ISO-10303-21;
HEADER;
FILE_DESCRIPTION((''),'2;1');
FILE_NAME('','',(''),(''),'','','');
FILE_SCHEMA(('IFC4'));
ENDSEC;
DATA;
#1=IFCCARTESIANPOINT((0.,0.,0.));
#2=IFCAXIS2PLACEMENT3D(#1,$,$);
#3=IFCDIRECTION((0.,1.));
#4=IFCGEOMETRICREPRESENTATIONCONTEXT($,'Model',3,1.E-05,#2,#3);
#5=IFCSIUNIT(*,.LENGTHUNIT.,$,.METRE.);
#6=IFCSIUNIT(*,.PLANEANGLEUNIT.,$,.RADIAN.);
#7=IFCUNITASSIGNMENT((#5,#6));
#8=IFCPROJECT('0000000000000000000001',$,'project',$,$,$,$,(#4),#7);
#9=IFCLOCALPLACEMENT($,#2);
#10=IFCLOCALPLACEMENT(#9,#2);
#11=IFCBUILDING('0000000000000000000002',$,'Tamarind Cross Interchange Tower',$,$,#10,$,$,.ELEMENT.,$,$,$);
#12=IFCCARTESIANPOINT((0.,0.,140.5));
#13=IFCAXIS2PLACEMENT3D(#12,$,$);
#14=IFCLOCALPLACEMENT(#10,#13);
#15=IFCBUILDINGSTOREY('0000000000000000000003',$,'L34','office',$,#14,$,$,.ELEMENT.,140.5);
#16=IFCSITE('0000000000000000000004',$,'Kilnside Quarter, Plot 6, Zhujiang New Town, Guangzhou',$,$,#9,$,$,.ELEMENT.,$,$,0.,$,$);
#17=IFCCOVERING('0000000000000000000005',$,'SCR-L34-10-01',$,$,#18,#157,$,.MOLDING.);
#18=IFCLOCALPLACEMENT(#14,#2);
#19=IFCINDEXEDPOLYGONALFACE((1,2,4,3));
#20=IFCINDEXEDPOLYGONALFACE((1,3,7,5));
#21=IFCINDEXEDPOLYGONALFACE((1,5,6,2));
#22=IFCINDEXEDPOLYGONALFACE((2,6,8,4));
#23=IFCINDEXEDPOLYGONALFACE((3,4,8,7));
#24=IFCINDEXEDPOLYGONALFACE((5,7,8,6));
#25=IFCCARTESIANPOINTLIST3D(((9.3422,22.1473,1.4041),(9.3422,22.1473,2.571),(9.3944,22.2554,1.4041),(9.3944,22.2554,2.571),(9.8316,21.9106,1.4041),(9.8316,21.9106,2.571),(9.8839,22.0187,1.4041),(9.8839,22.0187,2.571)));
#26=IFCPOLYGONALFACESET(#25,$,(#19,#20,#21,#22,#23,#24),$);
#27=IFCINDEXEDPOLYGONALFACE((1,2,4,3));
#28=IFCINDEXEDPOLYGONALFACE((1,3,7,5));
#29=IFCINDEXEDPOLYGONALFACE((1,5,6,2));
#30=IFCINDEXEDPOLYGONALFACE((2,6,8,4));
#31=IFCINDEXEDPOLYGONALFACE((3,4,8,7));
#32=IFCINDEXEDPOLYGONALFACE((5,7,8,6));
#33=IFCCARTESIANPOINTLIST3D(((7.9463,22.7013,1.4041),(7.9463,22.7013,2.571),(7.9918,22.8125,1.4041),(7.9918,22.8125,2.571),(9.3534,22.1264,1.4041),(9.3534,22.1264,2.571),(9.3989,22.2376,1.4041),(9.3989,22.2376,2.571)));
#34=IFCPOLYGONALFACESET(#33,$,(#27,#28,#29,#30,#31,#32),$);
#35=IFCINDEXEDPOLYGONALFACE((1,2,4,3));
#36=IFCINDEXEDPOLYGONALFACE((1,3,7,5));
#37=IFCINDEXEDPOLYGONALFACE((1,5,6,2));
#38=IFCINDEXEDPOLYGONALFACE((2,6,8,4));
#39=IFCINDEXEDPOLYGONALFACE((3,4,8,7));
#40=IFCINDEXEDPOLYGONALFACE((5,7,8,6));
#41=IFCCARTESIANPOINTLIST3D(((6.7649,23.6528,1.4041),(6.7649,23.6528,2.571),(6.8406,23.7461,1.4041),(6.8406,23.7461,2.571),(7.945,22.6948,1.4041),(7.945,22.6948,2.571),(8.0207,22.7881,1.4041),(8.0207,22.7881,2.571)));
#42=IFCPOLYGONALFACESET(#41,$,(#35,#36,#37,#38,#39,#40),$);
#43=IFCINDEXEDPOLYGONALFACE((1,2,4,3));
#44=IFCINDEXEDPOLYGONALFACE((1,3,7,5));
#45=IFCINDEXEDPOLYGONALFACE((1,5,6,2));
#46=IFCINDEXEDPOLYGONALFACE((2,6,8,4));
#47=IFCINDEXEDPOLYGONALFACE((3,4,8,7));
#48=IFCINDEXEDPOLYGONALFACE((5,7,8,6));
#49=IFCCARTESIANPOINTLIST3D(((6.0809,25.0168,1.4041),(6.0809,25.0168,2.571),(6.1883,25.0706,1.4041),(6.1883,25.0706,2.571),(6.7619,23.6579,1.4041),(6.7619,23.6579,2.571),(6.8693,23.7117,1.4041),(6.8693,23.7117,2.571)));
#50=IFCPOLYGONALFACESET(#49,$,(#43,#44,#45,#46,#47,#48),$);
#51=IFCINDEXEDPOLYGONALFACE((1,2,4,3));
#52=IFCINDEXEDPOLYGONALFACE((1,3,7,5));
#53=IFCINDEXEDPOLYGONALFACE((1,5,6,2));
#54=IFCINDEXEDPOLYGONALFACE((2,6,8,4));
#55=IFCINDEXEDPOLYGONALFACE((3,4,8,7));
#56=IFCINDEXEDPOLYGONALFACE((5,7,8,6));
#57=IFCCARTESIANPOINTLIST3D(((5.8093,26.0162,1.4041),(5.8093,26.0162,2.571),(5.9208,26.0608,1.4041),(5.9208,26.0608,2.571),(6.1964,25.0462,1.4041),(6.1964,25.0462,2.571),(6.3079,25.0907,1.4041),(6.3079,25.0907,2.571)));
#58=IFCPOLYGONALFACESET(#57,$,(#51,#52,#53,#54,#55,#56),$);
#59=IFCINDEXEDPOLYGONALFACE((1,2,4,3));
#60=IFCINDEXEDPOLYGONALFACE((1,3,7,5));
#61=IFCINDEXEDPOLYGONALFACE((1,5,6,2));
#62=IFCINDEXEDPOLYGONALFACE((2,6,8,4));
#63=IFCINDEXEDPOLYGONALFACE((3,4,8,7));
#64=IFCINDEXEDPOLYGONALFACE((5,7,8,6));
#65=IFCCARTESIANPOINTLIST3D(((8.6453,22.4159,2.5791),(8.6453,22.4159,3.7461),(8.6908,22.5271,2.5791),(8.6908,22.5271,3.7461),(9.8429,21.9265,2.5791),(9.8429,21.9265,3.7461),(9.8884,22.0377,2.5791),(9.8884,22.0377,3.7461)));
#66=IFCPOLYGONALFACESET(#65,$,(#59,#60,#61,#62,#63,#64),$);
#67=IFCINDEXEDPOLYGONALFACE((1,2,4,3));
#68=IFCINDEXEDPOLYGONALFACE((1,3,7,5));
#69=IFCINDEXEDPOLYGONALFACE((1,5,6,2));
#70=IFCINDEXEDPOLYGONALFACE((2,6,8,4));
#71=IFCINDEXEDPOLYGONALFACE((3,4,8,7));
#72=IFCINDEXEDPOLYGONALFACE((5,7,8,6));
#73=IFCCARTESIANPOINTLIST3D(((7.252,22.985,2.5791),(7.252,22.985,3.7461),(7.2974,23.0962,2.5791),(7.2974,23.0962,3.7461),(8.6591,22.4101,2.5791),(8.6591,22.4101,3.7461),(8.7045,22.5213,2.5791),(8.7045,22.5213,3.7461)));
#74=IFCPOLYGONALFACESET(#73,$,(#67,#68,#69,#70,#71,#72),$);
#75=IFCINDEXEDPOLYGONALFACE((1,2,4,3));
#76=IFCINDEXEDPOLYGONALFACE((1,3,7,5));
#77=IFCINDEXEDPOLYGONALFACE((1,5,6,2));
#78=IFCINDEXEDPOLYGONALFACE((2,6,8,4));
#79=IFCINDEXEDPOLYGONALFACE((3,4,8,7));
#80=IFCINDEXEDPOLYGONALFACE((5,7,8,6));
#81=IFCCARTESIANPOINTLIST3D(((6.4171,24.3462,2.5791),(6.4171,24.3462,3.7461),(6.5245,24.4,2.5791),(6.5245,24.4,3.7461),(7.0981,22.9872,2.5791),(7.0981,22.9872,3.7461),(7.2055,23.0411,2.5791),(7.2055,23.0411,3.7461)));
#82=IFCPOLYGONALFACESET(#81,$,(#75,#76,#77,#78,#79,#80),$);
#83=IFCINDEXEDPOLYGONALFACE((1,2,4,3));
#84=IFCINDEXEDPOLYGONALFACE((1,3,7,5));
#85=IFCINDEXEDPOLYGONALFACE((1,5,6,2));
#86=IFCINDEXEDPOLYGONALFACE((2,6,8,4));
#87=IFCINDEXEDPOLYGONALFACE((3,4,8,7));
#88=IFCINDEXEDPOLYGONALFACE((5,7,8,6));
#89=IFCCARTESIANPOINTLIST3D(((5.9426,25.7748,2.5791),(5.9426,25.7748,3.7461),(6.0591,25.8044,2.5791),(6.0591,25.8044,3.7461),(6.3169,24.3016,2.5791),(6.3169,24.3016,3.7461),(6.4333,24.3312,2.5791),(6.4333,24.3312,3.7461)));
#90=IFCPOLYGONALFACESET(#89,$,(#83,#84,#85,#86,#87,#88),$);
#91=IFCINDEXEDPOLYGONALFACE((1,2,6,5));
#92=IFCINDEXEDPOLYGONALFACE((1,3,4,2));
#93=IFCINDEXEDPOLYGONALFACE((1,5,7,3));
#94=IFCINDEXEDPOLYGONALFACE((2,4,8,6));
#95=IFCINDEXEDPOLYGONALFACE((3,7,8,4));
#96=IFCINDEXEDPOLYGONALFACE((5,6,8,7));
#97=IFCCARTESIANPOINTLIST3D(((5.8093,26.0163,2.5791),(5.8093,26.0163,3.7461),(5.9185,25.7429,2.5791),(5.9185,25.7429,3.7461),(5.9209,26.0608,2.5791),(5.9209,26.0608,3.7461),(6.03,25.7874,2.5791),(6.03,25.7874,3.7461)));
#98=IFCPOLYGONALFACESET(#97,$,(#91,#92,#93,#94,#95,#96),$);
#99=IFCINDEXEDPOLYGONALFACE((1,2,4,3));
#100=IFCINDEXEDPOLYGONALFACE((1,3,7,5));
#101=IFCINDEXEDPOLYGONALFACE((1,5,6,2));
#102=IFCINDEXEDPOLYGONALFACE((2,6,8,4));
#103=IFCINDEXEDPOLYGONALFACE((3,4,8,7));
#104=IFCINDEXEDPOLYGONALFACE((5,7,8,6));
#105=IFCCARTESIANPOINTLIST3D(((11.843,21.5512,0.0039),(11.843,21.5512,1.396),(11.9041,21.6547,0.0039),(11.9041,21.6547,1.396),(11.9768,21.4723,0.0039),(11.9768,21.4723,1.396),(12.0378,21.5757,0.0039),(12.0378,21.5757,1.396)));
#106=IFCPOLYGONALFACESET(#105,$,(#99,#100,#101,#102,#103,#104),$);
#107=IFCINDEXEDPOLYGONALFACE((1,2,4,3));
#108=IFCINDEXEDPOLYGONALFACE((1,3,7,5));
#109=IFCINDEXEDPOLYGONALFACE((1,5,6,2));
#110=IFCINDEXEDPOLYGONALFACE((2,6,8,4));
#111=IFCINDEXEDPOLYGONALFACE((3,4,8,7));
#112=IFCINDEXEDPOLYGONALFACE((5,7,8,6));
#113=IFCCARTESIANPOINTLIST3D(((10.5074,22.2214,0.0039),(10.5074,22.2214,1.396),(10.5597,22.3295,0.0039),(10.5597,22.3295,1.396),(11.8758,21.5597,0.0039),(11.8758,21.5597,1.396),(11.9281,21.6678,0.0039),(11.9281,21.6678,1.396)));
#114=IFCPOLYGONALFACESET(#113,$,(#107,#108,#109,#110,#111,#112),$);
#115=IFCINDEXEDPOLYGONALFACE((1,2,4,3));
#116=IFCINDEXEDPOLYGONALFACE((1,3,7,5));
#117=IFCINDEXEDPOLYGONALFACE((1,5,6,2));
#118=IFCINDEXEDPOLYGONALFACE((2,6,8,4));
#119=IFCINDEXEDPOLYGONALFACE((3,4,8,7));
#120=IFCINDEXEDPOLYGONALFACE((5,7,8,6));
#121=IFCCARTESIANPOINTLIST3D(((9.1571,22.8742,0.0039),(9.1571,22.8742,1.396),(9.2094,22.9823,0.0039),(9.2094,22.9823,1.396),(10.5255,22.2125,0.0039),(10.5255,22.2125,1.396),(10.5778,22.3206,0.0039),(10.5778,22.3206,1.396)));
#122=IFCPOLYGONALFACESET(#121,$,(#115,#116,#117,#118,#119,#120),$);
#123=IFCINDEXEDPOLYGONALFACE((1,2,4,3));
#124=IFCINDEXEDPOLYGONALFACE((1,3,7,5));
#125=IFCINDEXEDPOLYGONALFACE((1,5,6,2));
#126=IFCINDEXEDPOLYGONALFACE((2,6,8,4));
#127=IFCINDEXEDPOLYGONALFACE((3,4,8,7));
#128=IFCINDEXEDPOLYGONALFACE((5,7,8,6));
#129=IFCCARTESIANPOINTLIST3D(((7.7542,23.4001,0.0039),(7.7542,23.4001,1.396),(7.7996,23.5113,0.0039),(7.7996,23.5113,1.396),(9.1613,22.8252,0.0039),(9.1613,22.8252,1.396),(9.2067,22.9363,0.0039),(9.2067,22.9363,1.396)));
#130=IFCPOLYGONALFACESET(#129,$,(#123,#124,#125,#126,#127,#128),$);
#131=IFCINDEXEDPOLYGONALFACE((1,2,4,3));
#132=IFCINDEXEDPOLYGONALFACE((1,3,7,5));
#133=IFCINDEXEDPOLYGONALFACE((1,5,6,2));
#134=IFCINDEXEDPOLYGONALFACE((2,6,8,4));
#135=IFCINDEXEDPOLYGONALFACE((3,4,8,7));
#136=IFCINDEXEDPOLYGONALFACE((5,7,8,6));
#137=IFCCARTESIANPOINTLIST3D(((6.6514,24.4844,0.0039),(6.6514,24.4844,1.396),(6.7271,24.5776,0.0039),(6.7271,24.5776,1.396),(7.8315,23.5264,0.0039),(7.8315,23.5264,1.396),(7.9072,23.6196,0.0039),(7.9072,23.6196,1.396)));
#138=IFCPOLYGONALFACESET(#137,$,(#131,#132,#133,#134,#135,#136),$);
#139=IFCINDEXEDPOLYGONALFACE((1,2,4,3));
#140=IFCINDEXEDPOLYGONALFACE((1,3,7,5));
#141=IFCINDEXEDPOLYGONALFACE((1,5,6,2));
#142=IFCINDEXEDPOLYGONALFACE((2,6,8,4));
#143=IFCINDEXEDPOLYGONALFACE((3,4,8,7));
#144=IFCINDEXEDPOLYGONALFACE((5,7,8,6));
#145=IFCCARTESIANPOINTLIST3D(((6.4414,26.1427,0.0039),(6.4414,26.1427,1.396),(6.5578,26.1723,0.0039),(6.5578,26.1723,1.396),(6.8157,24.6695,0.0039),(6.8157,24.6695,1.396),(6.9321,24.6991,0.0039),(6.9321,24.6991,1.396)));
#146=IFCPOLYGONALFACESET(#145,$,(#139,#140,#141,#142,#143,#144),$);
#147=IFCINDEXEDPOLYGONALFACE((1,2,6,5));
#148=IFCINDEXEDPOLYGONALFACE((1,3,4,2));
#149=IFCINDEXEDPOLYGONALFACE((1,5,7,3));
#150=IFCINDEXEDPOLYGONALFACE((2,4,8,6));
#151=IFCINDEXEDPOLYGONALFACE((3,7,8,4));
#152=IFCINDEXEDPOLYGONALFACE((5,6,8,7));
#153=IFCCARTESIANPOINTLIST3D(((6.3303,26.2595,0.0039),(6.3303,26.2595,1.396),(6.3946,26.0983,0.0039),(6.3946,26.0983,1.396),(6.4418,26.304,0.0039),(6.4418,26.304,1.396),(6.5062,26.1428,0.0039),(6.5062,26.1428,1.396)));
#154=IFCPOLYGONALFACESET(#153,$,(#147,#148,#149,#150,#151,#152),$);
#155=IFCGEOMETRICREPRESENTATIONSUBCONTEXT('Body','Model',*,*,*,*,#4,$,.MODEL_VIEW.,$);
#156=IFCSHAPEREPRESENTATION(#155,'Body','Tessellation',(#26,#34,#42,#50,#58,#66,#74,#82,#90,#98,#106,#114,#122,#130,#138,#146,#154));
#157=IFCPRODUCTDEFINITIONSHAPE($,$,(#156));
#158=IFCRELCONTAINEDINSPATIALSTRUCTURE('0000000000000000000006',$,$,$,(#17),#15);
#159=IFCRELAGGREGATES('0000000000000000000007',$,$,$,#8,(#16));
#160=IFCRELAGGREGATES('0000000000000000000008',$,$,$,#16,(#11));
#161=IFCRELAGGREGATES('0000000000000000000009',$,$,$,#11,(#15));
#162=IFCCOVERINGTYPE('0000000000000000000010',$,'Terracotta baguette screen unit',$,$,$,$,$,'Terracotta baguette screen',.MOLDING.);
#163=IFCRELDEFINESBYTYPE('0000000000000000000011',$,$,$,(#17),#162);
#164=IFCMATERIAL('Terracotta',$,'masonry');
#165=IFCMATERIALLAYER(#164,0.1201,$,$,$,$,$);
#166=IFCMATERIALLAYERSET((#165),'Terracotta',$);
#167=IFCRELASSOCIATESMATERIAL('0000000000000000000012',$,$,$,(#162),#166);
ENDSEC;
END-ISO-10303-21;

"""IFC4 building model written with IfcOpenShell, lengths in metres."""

from ifc_helpers import new_model, si_unit, direction, frame, origin, origin_2d, place, context, subcontext, project, spatial, rectangle, extrude, material, layer, layer_set, type_object, element, save


model = new_model("IFC4")

# Units and contexts
model_context = context("Model", 3, precision=1e-05, world=origin(), true_north=direction((0.0, 1.0)))
body_context = subcontext(model_context, "Body", "Model", "MODEL_VIEW")
ifc_project = project(units=[si_unit("LENGTHUNIT", "METRE"), si_unit("PLANEANGLEUNIT", "RADIAN")], contexts=[model_context])

# Site, building, storey
site_placement = place(None, origin())
site = spatial("IfcSite", under=ifc_project, at=site_placement, Name="Kilnside Quarter, Plot 6, Zhujiang New Town, Guangzhou", CompositionType="ELEMENT", RefElevation=0.0)
building_placement = place(site_placement, origin())
building = spatial("IfcBuilding", under=site, at=building_placement, Name="Tamarind Cross Interchange Tower", CompositionType="ELEMENT")
storey_placement = place(building_placement, frame((0.0, 0.0, 140.5)))
storey = spatial("IfcBuildingStorey", under=building, at=storey_placement, Name="L34", Description="office", CompositionType="ELEMENT", Elevation=140.5)

# Covering
ifc_material_1 = material(Name="Terracotta", Category="masonry")
ifc_layer_1 = layer(ifc_material_1, 0.1201)
ifc_layer_set_1 = layer_set([ifc_layer_1], Name="Terracotta")
covering_type = type_object("IfcCoveringType", Name="Terracotta baguette screen unit", ElementType="Terracotta baguette screen", PredefinedType="MOLDING", material=ifc_layer_set_1)
covering_1_placement = place(storey_placement, origin())
element("IfcCovering", 1, at=covering_1_placement, inside=storey, type_object=covering_type, Name="SCR-L34-10-01", PredefinedType="MOLDING", context=body_context, shape_type="SweptSolid", body=[
    extrude(rectangle(XDim=0.5437, YDim=0.1201, at=origin_2d()), frame((9.613, 22.083, 1.4041), z_axis=(0.0, 0.0, 1.0), x_axis=(-0.900273, 0.435326, 0.0)), (0.0, 0.0, 1.0), 1.167),
    extrude(rectangle(XDim=1.52, YDim=0.1201, at=origin_2d()), frame((8.6726, 22.4695, 1.4041), z_axis=(0.0, 0.0, 1.0), x_axis=(-0.925709, 0.378237, 0.0)), (0.0, 0.0, 1.0), 1.167),
    extrude(rectangle(XDim=1.52, YDim=0.1201, at=origin_2d()), frame((7.3928, 23.2205, 1.4041), z_axis=(0.0, 0.0, 1.0), x_axis=(-0.776369, 0.630279, 0.0)), (0.0, 0.0, 1.0), 1.167),
    extrude(rectangle(XDim=1.52, YDim=0.1201, at=origin_2d()), frame((6.4751, 24.3643, 1.4041), z_axis=(0.0, 0.0, 1.0), x_axis=(-0.448045, 0.894011, 0.0)), (0.0, 0.0, 1.0), 1.167),
    extrude(rectangle(XDim=1.0444, YDim=0.1201, at=origin_2d()), frame((6.0586, 25.5535, 1.4041), z_axis=(0.0, 0.0, 1.0), x_axis=(-0.370629, 0.928781, 0.0)), (0.0, 0.0, 1.0), 1.167),
    extrude(rectangle(XDim=1.2937, YDim=0.1201, at=origin_2d()), frame((9.2668, 22.2268, 2.5791), z_axis=(0.0, 0.0, 1.0), x_axis=(-0.925709, 0.378237, 0.0)), (0.0, 0.0, 1.0), 1.167),
    extrude(rectangle(XDim=1.52, YDim=0.1201, at=origin_2d()), frame((7.9783, 22.7532, 2.5791), z_axis=(0.0, 0.0, 1.0), x_axis=(-0.925709, 0.378237, 0.0)), (0.0, 0.0, 1.0), 1.167),
    extrude(rectangle(XDim=1.52, YDim=0.1201, at=origin_2d()), frame((6.8113, 23.6936, 2.5791), z_axis=(0.0, 0.0, 1.0), x_axis=(-0.448045, 0.894011, 0.0)), (0.0, 0.0, 1.0), 1.167),
    extrude(rectangle(XDim=1.52, YDim=0.1201, at=origin_2d()), frame((6.188, 25.053, 2.5791), z_axis=(0.0, 0.0, 1.0), x_axis=(-0.246228, 0.969212, 0.0)), (0.0, 0.0, 1.0), 1.167),
    extrude(rectangle(XDim=0.2944, YDim=0.1201, at=origin_2d()), frame((5.9197, 25.9019, 2.5791), z_axis=(0.0, 0.0, 1.0), x_axis=(-0.370629, 0.928781, 0.0)), (0.0, 0.0, 1.0), 1.167),
    extrude(rectangle(XDim=0.1553, YDim=0.1201, at=origin_2d()), frame((11.9404, 21.5635, 0.0039), z_axis=(0.0, 0.0, 1.0), x_axis=(-0.861249, 0.508183, 0.0)), (0.0, 0.0, 1.0), 1.3921),
    extrude(rectangle(XDim=1.52, YDim=0.1201, at=origin_2d()), frame((11.2178, 21.9446, 0.0039), z_axis=(0.0, 0.0, 1.0), x_axis=(-0.900273, 0.435326, 0.0)), (0.0, 0.0, 1.0), 1.3921),
    extrude(rectangle(XDim=1.52, YDim=0.1201, at=origin_2d()), frame((9.8674, 22.5974, 0.0039), z_axis=(0.0, 0.0, 1.0), x_axis=(-0.900273, 0.435326, 0.0)), (0.0, 0.0, 1.0), 1.3921),
    extrude(rectangle(XDim=1.52, YDim=0.1201, at=origin_2d()), frame((8.4805, 23.1682, 0.0039), z_axis=(0.0, 0.0, 1.0), x_axis=(-0.925709, 0.378237, 0.0)), (0.0, 0.0, 1.0), 1.3921),
    extrude(rectangle(XDim=1.52, YDim=0.1201, at=origin_2d()), frame((7.2793, 24.052, 0.0039), z_axis=(0.0, 0.0, 1.0), x_axis=(-0.776369, 0.630279, 0.0)), (0.0, 0.0, 1.0), 1.3921),
    extrude(rectangle(XDim=1.52, YDim=0.1201, at=origin_2d()), frame((6.6868, 25.4209, 0.0039), z_axis=(0.0, 0.0, 1.0), x_axis=(-0.246228, 0.969212, 0.0)), (0.0, 0.0, 1.0), 1.3921),
    extrude(rectangle(XDim=0.1736, YDim=0.1201, at=origin_2d()), frame((6.4182, 26.2012, 0.0039), z_axis=(0.0, 0.0, 1.0), x_axis=(-0.370629, 0.928781, 0.0)), (0.0, 0.0, 1.0), 1.3921),
])

save(model, "model.ifc")
